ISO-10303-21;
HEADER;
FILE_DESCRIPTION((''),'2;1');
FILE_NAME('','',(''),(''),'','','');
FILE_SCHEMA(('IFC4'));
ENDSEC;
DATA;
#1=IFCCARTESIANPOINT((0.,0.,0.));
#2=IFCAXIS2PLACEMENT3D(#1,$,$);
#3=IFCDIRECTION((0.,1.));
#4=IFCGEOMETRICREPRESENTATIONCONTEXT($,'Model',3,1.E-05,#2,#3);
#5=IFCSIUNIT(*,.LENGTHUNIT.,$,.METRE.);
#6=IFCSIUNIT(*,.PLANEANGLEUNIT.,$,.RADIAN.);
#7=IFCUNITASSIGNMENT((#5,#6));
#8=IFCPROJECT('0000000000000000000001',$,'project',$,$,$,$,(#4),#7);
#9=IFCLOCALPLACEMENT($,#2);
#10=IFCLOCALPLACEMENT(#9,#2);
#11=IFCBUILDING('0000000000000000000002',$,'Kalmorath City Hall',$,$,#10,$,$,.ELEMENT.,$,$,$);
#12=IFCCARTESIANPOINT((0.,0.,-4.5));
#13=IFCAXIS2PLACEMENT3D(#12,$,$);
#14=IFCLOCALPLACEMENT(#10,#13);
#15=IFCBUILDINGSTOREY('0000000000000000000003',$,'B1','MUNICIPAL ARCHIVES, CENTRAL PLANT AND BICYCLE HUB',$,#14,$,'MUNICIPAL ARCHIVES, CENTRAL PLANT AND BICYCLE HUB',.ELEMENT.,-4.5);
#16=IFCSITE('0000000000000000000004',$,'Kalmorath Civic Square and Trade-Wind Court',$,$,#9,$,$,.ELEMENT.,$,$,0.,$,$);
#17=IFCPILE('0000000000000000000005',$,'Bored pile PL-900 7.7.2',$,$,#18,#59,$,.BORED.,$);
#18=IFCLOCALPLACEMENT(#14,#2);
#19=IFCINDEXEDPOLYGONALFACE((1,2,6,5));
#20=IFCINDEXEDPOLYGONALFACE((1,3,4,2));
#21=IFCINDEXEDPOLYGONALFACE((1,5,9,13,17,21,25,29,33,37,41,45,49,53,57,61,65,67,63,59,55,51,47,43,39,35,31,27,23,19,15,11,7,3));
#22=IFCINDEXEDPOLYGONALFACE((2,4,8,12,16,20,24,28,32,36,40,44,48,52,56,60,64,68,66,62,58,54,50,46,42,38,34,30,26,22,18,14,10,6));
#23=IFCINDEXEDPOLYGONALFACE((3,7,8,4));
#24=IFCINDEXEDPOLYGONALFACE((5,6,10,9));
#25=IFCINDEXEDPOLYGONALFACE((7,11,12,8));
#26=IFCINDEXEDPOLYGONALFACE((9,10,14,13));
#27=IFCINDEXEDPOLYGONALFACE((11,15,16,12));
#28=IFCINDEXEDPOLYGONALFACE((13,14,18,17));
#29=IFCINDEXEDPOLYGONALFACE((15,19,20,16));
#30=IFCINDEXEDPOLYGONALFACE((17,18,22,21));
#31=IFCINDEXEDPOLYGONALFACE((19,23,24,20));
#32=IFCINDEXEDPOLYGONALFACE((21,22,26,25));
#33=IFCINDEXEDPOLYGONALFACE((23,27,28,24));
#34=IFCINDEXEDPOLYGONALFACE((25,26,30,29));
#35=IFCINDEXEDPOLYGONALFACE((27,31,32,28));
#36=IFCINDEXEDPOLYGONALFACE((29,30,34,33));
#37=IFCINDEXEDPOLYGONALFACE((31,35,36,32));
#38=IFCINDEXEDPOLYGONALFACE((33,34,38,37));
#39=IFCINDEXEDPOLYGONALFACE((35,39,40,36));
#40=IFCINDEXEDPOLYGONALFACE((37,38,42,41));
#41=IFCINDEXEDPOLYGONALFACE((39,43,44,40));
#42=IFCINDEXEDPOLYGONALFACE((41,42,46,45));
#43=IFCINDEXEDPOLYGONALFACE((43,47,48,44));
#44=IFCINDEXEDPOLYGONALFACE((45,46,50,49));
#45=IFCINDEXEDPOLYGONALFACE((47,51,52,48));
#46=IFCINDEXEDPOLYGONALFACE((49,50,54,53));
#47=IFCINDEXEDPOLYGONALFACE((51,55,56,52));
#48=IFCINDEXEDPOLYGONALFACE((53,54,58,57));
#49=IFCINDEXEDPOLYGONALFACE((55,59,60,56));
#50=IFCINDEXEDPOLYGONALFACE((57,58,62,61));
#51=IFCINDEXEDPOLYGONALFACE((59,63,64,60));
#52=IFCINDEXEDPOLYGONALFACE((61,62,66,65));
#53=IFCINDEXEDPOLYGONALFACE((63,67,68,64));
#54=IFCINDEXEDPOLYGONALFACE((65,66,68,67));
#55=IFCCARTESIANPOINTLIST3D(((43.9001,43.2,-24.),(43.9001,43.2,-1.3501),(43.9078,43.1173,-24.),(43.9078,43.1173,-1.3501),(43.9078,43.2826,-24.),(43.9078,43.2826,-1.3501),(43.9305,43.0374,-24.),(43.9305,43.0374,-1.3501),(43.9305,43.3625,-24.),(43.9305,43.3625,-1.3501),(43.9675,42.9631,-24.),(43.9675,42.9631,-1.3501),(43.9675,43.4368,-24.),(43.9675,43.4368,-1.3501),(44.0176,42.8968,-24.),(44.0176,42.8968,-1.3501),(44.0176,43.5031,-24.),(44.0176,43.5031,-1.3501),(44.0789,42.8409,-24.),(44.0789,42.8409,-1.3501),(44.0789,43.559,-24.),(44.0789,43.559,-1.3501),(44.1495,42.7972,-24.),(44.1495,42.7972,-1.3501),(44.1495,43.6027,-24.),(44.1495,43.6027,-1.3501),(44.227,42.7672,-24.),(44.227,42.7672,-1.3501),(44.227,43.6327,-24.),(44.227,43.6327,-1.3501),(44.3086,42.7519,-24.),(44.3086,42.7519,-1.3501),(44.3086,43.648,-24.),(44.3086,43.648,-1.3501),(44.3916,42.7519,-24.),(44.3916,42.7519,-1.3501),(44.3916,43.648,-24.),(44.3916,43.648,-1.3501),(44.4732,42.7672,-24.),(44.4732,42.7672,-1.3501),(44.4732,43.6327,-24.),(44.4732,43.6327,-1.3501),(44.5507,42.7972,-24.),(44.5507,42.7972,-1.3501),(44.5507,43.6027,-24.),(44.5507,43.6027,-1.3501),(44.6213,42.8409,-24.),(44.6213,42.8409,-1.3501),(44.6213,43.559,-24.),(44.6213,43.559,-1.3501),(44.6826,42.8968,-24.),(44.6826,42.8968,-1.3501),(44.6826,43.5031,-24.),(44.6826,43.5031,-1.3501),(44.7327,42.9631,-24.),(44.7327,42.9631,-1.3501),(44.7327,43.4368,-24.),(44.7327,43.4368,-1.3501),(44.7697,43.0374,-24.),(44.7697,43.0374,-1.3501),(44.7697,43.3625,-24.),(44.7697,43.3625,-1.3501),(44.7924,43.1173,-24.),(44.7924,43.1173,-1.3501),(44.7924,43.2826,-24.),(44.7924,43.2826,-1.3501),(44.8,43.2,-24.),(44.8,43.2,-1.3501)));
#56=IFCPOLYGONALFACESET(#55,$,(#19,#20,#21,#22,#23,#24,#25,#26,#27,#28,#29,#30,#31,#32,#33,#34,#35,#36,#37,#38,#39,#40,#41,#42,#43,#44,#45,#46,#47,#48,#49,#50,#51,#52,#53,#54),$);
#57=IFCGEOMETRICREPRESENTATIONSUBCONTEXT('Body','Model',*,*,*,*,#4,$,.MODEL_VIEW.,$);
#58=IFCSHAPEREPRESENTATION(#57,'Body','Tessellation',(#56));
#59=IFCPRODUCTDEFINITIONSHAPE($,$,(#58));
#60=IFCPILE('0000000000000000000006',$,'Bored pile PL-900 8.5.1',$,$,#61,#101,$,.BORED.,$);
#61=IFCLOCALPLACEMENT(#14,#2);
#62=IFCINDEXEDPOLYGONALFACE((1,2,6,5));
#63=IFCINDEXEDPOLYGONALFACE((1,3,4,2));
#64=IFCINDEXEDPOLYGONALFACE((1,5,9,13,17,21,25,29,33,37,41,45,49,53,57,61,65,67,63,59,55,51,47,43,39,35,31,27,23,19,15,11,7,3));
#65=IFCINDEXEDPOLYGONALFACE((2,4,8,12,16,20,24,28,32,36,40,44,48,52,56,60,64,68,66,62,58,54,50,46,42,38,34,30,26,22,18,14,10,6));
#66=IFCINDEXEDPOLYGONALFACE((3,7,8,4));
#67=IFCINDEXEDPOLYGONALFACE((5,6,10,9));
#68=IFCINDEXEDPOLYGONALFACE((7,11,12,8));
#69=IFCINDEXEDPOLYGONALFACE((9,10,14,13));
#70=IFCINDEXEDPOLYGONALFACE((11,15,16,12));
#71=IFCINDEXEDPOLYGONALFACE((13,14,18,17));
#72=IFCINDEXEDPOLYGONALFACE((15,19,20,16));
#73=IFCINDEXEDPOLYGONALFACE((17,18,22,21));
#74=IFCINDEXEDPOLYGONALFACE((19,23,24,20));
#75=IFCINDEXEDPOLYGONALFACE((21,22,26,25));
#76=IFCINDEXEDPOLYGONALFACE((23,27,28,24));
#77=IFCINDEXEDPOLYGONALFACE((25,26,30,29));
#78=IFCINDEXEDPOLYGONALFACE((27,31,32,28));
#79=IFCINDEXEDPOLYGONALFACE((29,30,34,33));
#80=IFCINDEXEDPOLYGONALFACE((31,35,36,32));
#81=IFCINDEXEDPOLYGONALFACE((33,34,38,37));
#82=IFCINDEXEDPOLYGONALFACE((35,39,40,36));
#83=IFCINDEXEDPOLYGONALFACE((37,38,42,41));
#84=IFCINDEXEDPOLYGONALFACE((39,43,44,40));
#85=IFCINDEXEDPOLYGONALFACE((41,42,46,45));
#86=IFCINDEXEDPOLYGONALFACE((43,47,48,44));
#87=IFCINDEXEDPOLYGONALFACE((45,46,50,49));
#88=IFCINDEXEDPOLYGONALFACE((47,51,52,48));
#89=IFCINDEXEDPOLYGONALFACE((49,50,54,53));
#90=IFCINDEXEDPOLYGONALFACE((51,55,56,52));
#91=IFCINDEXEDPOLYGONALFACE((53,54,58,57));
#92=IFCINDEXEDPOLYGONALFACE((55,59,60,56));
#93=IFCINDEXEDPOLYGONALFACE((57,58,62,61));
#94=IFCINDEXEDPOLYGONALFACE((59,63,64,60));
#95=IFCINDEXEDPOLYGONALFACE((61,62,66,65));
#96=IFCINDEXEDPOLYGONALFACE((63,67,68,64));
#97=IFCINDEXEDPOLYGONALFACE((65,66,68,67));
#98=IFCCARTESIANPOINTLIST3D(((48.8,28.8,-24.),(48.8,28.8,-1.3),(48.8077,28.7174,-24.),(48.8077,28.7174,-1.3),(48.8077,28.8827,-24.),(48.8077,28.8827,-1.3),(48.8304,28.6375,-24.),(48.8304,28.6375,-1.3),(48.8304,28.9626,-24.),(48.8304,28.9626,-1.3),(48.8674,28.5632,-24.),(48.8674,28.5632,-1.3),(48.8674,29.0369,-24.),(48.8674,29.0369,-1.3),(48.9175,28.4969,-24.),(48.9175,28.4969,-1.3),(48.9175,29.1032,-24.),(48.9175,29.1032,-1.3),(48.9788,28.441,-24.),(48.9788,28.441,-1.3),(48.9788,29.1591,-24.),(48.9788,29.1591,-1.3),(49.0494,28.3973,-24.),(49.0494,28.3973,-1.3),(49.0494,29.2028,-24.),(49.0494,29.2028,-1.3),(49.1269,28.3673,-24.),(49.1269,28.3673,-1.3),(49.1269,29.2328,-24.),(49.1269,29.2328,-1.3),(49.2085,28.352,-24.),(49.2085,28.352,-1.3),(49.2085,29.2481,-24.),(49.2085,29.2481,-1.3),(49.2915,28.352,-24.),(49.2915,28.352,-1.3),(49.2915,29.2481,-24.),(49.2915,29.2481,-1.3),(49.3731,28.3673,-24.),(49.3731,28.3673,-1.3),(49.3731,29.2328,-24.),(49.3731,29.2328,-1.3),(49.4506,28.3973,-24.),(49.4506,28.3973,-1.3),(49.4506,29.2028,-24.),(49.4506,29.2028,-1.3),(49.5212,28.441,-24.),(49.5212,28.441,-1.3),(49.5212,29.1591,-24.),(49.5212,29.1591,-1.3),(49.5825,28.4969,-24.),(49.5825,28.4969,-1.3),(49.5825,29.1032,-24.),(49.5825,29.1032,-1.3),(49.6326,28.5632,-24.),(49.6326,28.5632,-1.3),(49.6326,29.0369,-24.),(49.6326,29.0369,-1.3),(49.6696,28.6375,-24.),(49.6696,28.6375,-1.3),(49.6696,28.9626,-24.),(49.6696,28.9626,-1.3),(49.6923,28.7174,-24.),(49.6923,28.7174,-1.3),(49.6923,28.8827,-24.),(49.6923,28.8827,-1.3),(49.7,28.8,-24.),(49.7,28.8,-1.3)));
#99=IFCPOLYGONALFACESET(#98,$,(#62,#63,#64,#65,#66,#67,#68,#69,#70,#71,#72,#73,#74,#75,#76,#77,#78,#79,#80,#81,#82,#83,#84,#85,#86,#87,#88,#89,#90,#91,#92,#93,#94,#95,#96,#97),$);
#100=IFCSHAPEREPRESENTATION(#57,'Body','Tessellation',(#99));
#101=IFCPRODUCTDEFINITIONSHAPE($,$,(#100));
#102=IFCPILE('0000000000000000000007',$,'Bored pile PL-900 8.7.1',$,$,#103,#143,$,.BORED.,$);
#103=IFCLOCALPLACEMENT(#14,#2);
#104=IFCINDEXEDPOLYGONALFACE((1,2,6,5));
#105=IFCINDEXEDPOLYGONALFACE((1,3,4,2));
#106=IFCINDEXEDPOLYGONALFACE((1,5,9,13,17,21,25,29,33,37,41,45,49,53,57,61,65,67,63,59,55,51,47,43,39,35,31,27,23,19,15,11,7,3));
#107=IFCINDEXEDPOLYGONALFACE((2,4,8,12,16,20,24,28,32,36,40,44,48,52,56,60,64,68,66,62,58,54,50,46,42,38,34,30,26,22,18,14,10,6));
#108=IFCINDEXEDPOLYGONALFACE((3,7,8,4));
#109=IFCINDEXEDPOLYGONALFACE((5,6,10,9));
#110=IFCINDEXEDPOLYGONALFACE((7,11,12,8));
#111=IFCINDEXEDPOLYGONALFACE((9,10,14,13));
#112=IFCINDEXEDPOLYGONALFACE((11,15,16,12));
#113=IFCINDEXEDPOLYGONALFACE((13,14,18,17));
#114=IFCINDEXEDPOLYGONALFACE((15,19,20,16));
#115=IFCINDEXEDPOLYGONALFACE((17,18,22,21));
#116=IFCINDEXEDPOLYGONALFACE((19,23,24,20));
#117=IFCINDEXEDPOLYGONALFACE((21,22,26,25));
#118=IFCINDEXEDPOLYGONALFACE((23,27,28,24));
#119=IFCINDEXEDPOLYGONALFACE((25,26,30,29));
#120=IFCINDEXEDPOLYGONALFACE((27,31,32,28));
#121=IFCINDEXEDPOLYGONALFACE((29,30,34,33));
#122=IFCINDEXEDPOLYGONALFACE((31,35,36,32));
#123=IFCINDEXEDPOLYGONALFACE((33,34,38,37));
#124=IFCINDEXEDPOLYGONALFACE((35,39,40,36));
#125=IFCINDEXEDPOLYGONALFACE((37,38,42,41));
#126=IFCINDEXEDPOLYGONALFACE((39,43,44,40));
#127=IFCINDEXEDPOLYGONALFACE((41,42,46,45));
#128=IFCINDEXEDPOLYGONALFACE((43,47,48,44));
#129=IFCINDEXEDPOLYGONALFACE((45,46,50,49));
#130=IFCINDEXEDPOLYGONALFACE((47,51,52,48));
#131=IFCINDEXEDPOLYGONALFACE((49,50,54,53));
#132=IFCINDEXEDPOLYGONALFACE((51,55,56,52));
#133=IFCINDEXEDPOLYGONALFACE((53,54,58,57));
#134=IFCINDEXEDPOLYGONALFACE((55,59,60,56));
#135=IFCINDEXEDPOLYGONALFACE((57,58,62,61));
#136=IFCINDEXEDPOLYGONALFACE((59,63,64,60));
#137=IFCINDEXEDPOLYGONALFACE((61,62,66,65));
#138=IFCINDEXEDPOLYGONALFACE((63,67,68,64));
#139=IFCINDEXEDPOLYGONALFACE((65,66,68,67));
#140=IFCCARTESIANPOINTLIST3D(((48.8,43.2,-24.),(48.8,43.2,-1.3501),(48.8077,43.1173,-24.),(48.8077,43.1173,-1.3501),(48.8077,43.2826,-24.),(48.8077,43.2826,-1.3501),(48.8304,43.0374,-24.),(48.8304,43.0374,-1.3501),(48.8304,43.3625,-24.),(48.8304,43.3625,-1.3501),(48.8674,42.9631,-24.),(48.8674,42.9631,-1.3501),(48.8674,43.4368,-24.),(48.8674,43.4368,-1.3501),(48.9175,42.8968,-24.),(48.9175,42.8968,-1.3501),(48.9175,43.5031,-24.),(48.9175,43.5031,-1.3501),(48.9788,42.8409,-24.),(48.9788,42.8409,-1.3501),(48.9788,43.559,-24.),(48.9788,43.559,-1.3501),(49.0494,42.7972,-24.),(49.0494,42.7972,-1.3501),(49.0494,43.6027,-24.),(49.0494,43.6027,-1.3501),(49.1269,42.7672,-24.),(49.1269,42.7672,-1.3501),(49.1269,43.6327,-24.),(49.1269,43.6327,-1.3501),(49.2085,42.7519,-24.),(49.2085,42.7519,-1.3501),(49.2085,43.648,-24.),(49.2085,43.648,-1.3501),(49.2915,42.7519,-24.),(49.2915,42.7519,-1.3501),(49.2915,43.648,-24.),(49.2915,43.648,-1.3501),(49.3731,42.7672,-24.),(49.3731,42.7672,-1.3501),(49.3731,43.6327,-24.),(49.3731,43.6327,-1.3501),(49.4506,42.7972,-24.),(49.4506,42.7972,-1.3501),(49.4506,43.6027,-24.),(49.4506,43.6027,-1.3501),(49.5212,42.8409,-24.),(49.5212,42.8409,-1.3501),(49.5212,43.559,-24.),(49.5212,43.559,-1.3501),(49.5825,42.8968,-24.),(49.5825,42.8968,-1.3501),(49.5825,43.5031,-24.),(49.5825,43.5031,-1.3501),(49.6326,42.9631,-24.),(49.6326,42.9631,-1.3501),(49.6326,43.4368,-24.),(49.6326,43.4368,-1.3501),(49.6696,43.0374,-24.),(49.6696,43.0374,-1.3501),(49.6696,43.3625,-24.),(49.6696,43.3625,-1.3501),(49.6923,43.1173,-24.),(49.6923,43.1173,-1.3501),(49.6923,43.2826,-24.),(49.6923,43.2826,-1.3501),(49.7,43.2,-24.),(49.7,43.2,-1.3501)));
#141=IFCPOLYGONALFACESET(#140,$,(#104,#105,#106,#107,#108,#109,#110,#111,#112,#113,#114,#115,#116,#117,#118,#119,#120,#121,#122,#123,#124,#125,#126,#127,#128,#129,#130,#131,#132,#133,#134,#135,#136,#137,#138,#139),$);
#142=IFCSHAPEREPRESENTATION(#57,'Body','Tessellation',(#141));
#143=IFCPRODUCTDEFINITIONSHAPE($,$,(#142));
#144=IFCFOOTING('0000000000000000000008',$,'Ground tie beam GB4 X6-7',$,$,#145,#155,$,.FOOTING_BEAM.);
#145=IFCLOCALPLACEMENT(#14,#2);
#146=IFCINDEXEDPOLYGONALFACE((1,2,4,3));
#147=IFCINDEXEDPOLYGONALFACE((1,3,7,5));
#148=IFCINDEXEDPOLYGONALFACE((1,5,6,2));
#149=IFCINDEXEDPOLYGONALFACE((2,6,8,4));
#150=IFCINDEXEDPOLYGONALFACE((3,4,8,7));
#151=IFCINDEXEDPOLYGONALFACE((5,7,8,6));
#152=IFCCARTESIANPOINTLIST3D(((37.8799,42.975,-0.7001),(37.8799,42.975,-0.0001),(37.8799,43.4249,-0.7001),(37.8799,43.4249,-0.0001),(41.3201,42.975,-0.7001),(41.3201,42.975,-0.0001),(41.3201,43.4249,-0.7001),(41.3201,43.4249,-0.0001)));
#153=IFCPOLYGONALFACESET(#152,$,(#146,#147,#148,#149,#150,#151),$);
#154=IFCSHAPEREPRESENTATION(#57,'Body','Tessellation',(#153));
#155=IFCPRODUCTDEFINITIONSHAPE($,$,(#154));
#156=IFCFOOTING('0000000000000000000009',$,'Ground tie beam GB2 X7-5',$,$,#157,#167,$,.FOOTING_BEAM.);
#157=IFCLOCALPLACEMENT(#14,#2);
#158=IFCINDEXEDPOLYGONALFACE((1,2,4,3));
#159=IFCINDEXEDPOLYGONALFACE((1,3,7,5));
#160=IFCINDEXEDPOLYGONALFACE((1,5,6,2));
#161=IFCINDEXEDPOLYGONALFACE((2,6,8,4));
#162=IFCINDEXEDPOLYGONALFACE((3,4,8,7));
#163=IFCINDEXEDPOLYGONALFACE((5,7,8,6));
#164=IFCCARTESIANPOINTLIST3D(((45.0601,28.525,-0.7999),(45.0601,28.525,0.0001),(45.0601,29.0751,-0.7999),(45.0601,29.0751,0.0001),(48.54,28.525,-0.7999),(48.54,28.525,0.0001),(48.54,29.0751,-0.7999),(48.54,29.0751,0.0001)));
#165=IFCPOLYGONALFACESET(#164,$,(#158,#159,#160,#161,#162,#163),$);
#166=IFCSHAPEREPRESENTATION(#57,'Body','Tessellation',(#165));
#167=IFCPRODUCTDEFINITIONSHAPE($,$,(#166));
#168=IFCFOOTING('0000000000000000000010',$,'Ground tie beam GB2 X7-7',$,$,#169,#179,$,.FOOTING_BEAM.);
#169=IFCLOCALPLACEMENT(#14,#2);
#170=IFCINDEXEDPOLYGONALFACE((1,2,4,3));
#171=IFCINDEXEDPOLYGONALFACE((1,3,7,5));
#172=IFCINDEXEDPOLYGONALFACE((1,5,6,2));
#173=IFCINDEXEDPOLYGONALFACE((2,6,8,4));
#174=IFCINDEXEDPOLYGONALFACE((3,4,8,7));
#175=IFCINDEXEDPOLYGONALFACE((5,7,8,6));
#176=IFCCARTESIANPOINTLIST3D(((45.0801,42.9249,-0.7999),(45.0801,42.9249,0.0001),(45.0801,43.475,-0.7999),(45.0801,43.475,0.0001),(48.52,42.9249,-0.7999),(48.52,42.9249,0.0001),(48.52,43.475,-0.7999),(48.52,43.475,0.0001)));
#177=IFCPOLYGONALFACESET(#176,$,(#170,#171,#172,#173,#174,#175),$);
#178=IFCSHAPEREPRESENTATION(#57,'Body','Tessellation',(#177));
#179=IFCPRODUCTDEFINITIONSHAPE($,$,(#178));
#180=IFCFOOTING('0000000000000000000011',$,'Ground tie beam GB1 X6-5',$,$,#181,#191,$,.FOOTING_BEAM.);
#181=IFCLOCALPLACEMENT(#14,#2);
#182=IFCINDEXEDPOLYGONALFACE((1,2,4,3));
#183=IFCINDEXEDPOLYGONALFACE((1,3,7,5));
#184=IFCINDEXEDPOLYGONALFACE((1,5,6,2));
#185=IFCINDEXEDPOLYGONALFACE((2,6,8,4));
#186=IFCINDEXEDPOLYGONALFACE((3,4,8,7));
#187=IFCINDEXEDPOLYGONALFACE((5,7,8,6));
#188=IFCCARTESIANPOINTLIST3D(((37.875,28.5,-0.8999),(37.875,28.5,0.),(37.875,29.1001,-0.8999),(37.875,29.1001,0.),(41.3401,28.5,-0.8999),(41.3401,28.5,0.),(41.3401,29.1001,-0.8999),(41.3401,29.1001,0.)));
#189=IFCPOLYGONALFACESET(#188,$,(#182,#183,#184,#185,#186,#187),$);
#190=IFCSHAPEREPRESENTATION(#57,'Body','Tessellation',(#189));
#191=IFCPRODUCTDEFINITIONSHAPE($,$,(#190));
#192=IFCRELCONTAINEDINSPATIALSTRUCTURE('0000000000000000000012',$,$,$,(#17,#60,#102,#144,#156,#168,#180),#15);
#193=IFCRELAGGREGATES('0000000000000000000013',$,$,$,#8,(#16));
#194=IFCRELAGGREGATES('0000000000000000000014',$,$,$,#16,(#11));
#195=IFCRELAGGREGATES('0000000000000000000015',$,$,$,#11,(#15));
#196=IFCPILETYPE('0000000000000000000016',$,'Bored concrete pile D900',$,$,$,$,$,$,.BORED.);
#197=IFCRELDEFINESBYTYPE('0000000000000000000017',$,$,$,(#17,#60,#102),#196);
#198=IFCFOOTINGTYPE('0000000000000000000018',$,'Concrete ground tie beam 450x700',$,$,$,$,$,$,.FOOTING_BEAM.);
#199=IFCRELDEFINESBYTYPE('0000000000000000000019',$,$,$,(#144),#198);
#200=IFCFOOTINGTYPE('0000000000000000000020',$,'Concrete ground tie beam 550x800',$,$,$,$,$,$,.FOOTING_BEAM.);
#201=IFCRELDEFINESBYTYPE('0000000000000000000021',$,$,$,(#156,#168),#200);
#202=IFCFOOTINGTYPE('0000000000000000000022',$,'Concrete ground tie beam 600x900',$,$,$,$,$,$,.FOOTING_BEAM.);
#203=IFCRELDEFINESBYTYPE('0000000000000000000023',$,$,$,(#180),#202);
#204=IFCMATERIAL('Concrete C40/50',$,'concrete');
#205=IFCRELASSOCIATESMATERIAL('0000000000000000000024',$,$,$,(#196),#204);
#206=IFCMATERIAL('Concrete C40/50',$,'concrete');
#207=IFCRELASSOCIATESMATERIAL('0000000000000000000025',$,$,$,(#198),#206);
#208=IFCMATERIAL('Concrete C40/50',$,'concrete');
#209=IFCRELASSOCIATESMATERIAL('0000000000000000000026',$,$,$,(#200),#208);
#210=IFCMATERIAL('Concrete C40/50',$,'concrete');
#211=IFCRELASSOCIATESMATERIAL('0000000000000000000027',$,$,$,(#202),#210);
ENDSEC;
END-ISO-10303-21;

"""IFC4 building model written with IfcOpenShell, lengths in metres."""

from ifc_helpers import new_model, si_unit, direction, frame, origin, origin_2d, place, context, subcontext, project, spatial, rectangle, circle, extrude, material, material_profile, profile_set, type_object, element, save


model = new_model("IFC4")

# Units and contexts
model_context = context("Model", 3, precision=1e-05, world=origin(), true_north=direction((0.0, 1.0)))
body_context = subcontext(model_context, "Body", "Model", "MODEL_VIEW")
ifc_project = project(units=[si_unit("LENGTHUNIT", "METRE"), si_unit("PLANEANGLEUNIT", "RADIAN")], contexts=[model_context])

# Site, building, storey
site_placement = place(None, origin())
site = spatial("IfcSite", under=ifc_project, at=site_placement, Name="Kalmorath Civic Square and Trade-Wind Court", CompositionType="ELEMENT", RefElevation=0.0)
building_placement = place(site_placement, origin())
building = spatial("IfcBuilding", under=site, at=building_placement, Name="Kalmorath City Hall", CompositionType="ELEMENT")
storey_placement = place(building_placement, frame((0.0, 0.0, -4.5)))
storey = spatial("IfcBuildingStorey", under=building, at=storey_placement, Name="B1", Description="MUNICIPAL ARCHIVES, CENTRAL PLANT AND BICYCLE HUB", LongName="MUNICIPAL ARCHIVES, CENTRAL PLANT AND BICYCLE HUB", CompositionType="ELEMENT", Elevation=-4.5)

# Piles
ifc_material_1 = material(Name="Concrete C40/50", Category="concrete")
ifc_material_profile_1 = material_profile(ifc_material_1, circle(Radius=0.45, at=origin_2d()), Name="PILE-D900")
ifc_profile_set_1 = profile_set([ifc_material_profile_1], Name="Concrete C40/50")
pile_type = type_object("IfcPileType", Name="Bored concrete pile D900", PredefinedType="BORED", material=ifc_profile_set_1)
for number, where, z_axis, x_axis, name in (
    (1, (44.3501, 43.2, -1.3501), (0.0, 0.0, -1.0), (1.0, 0.0, 0.0), "Bored pile PL-900 7.7.2"),
):
    element("IfcPile", number, at=place(storey_placement, frame(where, z_axis=z_axis, x_axis=x_axis)), inside=storey, type_object=pile_type, Name=name, PredefinedType="BORED", context=body_context, shape_type="SweptSolid", body=[
        extrude(circle(Radius=0.45, at=origin_2d()), origin(), (0.0, 0.0, 1.0), 22.6499),
    ])
pile_1_placement = place(storey_placement, frame((49.25, 28.8, -1.3), z_axis=(0.0, 0.0, -1.0), x_axis=(1.0, 0.0, 0.0)))
element("IfcPile", 2, at=pile_1_placement, inside=storey, type_object=pile_type, Name="Bored pile PL-900 8.5.1", PredefinedType="BORED", context=body_context, shape_type="SweptSolid", body=[
    extrude(circle(Radius=0.45, at=origin_2d()), origin(), (0.0, 0.0, 1.0), 22.7),
])
pile_2_placement = place(storey_placement, frame((49.25, 43.2, -1.3501), z_axis=(0.0, 0.0, -1.0), x_axis=(1.0, 0.0, 0.0)))
element("IfcPile", 3, at=pile_2_placement, inside=storey, type_object=pile_type, Name="Bored pile PL-900 8.7.1", PredefinedType="BORED", context=body_context, shape_type="SweptSolid", body=[
    extrude(circle(Radius=0.45, at=origin_2d()), origin(), (0.0, 0.0, 1.0), 22.6499),
])

# Footings
ifc_material_2 = material(Name="Concrete C40/50", Category="concrete")
ifc_material_profile_2 = material_profile(ifc_material_2, rectangle(XDim=0.45, YDim=0.7, at=origin_2d()), Name="RC-BM-450X700")
ifc_profile_set_2 = profile_set([ifc_material_profile_2], Name="Concrete C40/50")
footing_type_1 = type_object("IfcFootingType", Name="Concrete ground tie beam 450x700", PredefinedType="FOOTING_BEAM", material=ifc_profile_set_2)
footing_1_placement = place(storey_placement, frame((37.8799, 43.2, -0.3501), z_axis=(1.0, 0.0, 0.0), x_axis=(0.0, 1.0, 0.0)))
element("IfcFooting", 4, at=footing_1_placement, inside=storey, type_object=footing_type_1, Name="Ground tie beam GB4 X6-7", PredefinedType="FOOTING_BEAM", context=body_context, shape_type="SweptSolid", body=[
    extrude(rectangle(XDim=0.45, YDim=0.7, at=origin_2d()), origin(), (0.0, 0.0, 1.0), 3.4402),
])
ifc_material_3 = material(Name="Concrete C40/50", Category="concrete")
ifc_material_profile_3 = material_profile(ifc_material_3, rectangle(XDim=0.55, YDim=0.8, at=origin_2d()), Name="RC-BM-550X800")
ifc_profile_set_3 = profile_set([ifc_material_profile_3], Name="Concrete C40/50")
footing_type_2 = type_object("IfcFootingType", Name="Concrete ground tie beam 550x800", PredefinedType="FOOTING_BEAM", material=ifc_profile_set_3)
footing_2_placement = place(storey_placement, frame((45.0601, 28.8, -0.3999), z_axis=(1.0, 0.0, 0.0), x_axis=(0.0, 1.0, 0.0)))
element("IfcFooting", 5, at=footing_2_placement, inside=storey, type_object=footing_type_2, Name="Ground tie beam GB2 X7-5", PredefinedType="FOOTING_BEAM", context=body_context, shape_type="SweptSolid", body=[
    extrude(rectangle(XDim=0.55, YDim=0.8, at=origin_2d()), origin(), (0.0, 0.0, 1.0), 3.48),
])
footing_3_placement = place(storey_placement, frame((45.0801, 43.2, -0.3999), z_axis=(1.0, 0.0, 0.0), x_axis=(0.0, 1.0, 0.0)))
element("IfcFooting", 6, at=footing_3_placement, inside=storey, type_object=footing_type_2, Name="Ground tie beam GB2 X7-7", PredefinedType="FOOTING_BEAM", context=body_context, shape_type="SweptSolid", body=[
    extrude(rectangle(XDim=0.55, YDim=0.8, at=origin_2d()), origin(), (0.0, 0.0, 1.0), 3.4399),
])
ifc_material_4 = material(Name="Concrete C40/50", Category="concrete")
ifc_material_profile_4 = material_profile(ifc_material_4, rectangle(XDim=0.6001, YDim=0.8999, at=origin_2d()), Name="RC-BM-600X900")
ifc_profile_set_4 = profile_set([ifc_material_profile_4], Name="Concrete C40/50")
footing_type_3 = type_object("IfcFootingType", Name="Concrete ground tie beam 600x900", PredefinedType="FOOTING_BEAM", material=ifc_profile_set_4)
footing_4_placement = place(storey_placement, frame((37.875, 28.8, -0.45), z_axis=(1.0, 0.0, 0.0), x_axis=(0.0, 1.0, 0.0)))
element("IfcFooting", 7, at=footing_4_placement, inside=storey, type_object=footing_type_3, Name="Ground tie beam GB1 X6-5", PredefinedType="FOOTING_BEAM", context=body_context, shape_type="SweptSolid", body=[
    extrude(rectangle(XDim=0.6001, YDim=0.8999, at=origin_2d()), origin(), (0.0, 0.0, 1.0), 3.4651),
])

save(model, "model.ifc")
